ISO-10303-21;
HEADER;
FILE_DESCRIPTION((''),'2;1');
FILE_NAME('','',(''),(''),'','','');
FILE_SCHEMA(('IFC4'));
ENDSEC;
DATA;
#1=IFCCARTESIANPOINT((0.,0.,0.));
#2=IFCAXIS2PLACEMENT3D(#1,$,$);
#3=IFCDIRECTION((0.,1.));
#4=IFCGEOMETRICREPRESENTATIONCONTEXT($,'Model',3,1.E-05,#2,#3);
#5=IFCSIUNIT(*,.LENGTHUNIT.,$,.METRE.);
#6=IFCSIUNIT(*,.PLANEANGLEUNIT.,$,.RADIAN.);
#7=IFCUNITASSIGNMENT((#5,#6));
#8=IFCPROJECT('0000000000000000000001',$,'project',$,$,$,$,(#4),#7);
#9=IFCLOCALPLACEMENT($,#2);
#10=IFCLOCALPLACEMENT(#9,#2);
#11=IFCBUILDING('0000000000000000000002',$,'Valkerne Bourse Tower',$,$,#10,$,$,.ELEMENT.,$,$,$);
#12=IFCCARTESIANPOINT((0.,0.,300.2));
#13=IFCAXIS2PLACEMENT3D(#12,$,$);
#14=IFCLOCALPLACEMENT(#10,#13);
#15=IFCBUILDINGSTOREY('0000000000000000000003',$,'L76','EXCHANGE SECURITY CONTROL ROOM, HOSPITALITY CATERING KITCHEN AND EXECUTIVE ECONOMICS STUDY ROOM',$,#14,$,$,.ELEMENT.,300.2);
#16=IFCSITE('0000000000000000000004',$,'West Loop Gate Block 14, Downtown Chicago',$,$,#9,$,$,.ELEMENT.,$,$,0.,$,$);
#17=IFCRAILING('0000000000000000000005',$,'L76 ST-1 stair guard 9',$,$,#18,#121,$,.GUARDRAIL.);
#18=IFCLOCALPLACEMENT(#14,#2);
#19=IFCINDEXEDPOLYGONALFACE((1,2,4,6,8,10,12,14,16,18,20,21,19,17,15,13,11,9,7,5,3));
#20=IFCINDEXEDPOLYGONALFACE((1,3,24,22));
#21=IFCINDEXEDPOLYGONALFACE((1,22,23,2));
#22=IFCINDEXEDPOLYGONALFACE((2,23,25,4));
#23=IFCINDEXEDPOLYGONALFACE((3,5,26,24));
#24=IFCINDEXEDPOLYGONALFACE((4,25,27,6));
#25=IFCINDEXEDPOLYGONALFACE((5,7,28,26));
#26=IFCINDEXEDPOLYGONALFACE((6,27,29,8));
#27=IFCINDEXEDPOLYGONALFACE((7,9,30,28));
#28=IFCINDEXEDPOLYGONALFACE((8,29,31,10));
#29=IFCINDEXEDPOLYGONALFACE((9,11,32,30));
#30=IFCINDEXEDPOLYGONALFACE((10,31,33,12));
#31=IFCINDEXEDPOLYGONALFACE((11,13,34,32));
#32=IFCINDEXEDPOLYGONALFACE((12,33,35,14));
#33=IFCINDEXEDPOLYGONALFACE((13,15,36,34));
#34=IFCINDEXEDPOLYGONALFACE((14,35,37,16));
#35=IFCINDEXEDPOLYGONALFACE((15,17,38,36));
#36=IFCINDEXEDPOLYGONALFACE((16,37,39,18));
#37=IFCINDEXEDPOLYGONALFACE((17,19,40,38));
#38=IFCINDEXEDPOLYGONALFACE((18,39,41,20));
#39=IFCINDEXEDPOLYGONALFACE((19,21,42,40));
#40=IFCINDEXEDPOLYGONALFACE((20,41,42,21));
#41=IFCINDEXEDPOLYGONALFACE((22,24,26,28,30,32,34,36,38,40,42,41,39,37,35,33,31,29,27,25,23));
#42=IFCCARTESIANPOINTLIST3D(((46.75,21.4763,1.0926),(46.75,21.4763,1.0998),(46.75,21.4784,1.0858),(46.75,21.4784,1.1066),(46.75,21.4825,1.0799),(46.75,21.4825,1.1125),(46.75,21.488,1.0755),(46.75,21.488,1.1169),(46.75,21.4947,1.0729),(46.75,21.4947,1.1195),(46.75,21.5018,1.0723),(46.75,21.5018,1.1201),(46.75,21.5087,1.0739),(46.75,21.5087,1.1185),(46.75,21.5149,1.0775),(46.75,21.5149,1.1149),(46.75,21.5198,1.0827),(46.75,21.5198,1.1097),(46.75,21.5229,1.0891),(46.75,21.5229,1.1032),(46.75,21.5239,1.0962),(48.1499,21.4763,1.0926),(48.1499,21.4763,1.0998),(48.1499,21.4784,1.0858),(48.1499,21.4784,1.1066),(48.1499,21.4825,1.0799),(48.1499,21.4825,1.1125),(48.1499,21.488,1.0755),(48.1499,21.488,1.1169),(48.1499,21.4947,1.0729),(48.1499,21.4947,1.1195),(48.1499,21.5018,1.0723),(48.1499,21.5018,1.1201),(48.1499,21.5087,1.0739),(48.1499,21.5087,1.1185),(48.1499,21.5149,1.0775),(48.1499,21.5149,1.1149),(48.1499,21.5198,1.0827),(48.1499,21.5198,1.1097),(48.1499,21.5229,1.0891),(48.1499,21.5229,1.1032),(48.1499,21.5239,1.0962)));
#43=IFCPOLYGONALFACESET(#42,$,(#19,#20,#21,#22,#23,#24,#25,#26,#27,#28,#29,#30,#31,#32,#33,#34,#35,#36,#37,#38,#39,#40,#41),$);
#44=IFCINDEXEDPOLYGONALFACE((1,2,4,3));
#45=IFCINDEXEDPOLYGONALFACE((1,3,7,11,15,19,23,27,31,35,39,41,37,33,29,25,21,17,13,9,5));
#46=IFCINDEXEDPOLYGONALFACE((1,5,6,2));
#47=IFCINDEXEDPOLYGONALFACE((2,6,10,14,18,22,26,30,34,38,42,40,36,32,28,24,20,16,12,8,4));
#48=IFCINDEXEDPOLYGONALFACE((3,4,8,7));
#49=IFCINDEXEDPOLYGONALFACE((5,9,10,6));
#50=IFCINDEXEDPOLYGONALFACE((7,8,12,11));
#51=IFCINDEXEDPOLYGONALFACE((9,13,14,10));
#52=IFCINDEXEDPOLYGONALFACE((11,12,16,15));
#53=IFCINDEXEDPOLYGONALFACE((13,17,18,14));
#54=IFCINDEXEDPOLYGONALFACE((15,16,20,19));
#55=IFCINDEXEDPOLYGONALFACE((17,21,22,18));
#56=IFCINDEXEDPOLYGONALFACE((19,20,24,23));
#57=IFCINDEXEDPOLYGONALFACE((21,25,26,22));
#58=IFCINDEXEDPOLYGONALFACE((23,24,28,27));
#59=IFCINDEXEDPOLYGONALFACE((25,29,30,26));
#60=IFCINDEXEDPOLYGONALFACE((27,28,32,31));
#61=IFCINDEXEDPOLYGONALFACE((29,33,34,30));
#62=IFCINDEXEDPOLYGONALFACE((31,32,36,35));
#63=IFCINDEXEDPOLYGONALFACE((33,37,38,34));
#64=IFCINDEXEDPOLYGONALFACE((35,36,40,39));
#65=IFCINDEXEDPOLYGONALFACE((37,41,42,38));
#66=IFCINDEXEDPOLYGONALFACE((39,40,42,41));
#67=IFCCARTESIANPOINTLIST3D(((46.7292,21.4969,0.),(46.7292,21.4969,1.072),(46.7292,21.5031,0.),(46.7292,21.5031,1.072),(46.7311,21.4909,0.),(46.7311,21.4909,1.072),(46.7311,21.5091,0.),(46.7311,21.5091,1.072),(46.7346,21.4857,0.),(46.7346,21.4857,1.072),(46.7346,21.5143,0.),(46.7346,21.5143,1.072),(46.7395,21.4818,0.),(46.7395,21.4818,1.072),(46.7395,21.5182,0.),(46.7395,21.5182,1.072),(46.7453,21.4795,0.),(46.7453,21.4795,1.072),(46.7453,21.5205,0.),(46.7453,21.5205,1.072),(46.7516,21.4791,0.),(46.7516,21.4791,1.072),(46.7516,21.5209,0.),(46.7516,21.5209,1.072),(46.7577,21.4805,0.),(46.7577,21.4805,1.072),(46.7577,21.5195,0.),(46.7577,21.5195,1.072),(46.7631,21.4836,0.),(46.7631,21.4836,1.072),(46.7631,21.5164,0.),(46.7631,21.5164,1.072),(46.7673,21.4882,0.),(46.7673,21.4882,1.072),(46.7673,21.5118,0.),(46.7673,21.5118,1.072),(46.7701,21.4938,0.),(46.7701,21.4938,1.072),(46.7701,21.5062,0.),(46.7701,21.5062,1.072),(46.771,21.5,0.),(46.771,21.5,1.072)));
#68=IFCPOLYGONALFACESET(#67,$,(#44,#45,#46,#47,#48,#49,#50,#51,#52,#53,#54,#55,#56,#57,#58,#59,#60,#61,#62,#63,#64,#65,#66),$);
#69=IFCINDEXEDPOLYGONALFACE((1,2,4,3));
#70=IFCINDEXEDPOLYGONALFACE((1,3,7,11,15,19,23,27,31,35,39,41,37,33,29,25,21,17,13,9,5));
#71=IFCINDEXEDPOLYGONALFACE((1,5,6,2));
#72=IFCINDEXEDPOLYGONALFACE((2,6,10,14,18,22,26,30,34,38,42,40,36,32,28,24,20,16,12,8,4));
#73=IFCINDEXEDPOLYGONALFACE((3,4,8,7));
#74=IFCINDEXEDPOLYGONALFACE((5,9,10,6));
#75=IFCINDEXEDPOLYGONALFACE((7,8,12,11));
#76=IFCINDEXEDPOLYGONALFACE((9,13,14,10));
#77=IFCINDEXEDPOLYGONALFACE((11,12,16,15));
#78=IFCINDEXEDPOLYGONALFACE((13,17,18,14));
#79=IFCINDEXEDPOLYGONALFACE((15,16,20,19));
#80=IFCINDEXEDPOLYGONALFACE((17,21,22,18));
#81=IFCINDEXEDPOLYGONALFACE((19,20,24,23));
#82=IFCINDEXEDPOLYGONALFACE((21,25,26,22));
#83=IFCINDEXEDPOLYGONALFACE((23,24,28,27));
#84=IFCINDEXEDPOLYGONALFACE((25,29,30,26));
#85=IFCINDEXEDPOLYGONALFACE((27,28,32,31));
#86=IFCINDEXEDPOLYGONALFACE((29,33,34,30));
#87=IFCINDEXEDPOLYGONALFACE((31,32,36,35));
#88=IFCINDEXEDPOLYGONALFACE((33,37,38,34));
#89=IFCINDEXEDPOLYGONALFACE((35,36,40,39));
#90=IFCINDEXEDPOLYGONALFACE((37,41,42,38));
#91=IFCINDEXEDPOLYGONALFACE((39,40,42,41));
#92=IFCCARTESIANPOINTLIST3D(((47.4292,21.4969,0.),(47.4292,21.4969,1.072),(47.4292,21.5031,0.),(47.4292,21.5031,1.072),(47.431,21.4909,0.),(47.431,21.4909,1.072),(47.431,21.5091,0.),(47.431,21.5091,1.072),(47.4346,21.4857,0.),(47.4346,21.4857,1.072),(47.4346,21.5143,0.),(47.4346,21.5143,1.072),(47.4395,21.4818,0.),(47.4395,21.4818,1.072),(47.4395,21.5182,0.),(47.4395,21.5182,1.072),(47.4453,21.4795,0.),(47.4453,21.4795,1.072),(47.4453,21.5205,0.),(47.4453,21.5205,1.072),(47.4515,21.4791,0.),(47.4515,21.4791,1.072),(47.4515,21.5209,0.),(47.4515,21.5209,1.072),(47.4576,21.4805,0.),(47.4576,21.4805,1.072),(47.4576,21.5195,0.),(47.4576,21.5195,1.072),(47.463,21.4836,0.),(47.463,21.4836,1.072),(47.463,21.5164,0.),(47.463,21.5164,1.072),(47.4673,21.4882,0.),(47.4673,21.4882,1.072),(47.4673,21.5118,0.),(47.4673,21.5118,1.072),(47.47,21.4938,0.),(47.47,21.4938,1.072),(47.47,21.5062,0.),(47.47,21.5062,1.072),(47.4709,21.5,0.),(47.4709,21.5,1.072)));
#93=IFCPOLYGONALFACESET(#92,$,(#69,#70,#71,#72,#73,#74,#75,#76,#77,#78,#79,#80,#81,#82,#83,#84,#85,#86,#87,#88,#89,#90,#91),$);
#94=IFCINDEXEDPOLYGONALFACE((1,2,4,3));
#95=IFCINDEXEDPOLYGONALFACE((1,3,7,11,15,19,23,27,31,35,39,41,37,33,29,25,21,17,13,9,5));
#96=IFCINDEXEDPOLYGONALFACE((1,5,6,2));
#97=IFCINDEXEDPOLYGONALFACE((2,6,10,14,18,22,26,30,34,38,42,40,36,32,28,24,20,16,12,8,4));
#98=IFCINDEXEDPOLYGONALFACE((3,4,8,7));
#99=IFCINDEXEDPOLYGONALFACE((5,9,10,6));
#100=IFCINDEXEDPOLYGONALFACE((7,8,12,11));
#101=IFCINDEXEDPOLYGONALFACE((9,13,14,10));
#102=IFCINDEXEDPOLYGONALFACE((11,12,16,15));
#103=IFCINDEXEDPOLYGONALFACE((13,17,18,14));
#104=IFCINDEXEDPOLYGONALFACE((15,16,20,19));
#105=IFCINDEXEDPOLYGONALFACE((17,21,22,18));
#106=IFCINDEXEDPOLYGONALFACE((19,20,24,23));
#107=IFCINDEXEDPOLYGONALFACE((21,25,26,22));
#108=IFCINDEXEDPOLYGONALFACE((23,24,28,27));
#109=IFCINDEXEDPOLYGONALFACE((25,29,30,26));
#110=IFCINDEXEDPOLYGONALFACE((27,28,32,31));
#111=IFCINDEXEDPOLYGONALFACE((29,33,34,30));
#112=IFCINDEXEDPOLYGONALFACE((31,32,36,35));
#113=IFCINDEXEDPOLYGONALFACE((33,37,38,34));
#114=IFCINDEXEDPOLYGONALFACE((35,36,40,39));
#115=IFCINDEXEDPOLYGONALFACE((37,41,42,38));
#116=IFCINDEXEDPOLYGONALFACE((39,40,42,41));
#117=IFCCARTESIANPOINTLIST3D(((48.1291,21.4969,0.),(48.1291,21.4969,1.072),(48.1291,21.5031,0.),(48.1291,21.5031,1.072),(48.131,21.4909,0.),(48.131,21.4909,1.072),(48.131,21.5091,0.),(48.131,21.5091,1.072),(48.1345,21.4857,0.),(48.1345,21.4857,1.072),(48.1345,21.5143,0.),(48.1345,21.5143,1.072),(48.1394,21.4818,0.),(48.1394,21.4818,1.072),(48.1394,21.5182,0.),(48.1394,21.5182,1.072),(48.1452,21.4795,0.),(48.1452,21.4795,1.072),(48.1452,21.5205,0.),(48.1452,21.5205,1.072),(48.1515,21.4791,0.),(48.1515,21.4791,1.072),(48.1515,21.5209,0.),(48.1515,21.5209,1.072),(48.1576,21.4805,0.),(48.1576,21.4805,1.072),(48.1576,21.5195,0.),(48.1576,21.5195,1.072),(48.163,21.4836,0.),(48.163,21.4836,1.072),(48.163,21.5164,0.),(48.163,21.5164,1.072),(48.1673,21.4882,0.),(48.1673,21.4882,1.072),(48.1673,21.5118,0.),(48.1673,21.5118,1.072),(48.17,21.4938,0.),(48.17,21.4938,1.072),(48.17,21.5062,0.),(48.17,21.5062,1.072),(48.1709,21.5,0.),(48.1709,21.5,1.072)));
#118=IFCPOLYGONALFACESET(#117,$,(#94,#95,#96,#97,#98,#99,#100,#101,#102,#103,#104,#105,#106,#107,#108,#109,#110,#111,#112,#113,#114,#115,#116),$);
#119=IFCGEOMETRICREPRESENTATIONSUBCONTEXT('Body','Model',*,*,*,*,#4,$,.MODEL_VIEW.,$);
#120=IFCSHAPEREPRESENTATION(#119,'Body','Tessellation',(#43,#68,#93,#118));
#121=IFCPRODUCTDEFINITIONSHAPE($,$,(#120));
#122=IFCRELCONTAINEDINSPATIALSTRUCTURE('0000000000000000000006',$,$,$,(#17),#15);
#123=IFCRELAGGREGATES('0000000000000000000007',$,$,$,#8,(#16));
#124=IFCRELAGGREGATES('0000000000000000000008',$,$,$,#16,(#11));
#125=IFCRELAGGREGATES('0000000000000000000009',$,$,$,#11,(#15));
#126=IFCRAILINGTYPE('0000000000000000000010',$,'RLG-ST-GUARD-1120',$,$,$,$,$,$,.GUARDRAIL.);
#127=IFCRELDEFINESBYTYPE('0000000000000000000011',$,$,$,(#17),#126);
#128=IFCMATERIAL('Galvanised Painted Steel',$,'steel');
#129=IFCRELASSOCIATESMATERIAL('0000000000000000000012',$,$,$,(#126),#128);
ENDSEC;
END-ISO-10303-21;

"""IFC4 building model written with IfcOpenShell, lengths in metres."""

from ifc_helpers import new_model, si_unit, direction, frame, origin, origin_2d, place, context, subcontext, project, spatial, circle, extrude, material, type_object, element, save


model = new_model("IFC4")

# Units and contexts
model_context = context("Model", 3, precision=1e-05, world=origin(), true_north=direction((0.0, 1.0)))
body_context = subcontext(model_context, "Body", "Model", "MODEL_VIEW")
ifc_project = project(units=[si_unit("LENGTHUNIT", "METRE"), si_unit("PLANEANGLEUNIT", "RADIAN")], contexts=[model_context])

# Site, building, storey
site_placement = place(None, origin())
site = spatial("IfcSite", under=ifc_project, at=site_placement, Name="West Loop Gate Block 14, Downtown Chicago", CompositionType="ELEMENT", RefElevation=0.0)
building_placement = place(site_placement, origin())
building = spatial("IfcBuilding", under=site, at=building_placement, Name="Valkerne Bourse Tower", CompositionType="ELEMENT")
storey_placement = place(building_placement, frame((0.0, 0.0, 300.2)))
storey = spatial("IfcBuildingStorey", under=building, at=storey_placement, Name="L76", Description="EXCHANGE SECURITY CONTROL ROOM, HOSPITALITY CATERING KITCHEN AND EXECUTIVE ECONOMICS STUDY ROOM", CompositionType="ELEMENT", Elevation=300.2)

# Shared definitions
ifc_material_1 = material(Name="Galvanised Painted Steel", Category="steel")

# Railing
railing_type_1 = type_object("IfcRailingType", Name="RLG-ST-GUARD-1120", PredefinedType="GUARDRAIL", material=ifc_material_1)
for number, where, name in (
    (1, (46.75, 21.5, 0.0), "L76 ST-1 stair guard 9"),
):
    element("IfcRailing", number, at=place(storey_placement, frame(where)), inside=storey, type_object=railing_type_1, Name=name, PredefinedType="GUARDRAIL", context=body_context, shape_type="SweptSolid", body=[
        extrude(circle(Radius=0.0239, at=origin_2d()), frame((0.0, 0.0, 1.0962), z_axis=(1.0, 0.0, 0.0), x_axis=(0.0, 1.0, 0.0)), (0.0, 0.0, 1.0), 1.3999),
        extrude(circle(Radius=0.021, at=origin_2d()), origin(), (0.0, 0.0, 1.0), 1.072),
        extrude(circle(Radius=0.021, at=origin_2d()), frame((0.7, 0.0, 0.0)), (0.0, 0.0, 1.0), 1.072),
        extrude(circle(Radius=0.021, at=origin_2d()), frame((1.3999, 0.0, 0.0)), (0.0, 0.0, 1.0), 1.072),
    ])

save(model, "model.ifc")
